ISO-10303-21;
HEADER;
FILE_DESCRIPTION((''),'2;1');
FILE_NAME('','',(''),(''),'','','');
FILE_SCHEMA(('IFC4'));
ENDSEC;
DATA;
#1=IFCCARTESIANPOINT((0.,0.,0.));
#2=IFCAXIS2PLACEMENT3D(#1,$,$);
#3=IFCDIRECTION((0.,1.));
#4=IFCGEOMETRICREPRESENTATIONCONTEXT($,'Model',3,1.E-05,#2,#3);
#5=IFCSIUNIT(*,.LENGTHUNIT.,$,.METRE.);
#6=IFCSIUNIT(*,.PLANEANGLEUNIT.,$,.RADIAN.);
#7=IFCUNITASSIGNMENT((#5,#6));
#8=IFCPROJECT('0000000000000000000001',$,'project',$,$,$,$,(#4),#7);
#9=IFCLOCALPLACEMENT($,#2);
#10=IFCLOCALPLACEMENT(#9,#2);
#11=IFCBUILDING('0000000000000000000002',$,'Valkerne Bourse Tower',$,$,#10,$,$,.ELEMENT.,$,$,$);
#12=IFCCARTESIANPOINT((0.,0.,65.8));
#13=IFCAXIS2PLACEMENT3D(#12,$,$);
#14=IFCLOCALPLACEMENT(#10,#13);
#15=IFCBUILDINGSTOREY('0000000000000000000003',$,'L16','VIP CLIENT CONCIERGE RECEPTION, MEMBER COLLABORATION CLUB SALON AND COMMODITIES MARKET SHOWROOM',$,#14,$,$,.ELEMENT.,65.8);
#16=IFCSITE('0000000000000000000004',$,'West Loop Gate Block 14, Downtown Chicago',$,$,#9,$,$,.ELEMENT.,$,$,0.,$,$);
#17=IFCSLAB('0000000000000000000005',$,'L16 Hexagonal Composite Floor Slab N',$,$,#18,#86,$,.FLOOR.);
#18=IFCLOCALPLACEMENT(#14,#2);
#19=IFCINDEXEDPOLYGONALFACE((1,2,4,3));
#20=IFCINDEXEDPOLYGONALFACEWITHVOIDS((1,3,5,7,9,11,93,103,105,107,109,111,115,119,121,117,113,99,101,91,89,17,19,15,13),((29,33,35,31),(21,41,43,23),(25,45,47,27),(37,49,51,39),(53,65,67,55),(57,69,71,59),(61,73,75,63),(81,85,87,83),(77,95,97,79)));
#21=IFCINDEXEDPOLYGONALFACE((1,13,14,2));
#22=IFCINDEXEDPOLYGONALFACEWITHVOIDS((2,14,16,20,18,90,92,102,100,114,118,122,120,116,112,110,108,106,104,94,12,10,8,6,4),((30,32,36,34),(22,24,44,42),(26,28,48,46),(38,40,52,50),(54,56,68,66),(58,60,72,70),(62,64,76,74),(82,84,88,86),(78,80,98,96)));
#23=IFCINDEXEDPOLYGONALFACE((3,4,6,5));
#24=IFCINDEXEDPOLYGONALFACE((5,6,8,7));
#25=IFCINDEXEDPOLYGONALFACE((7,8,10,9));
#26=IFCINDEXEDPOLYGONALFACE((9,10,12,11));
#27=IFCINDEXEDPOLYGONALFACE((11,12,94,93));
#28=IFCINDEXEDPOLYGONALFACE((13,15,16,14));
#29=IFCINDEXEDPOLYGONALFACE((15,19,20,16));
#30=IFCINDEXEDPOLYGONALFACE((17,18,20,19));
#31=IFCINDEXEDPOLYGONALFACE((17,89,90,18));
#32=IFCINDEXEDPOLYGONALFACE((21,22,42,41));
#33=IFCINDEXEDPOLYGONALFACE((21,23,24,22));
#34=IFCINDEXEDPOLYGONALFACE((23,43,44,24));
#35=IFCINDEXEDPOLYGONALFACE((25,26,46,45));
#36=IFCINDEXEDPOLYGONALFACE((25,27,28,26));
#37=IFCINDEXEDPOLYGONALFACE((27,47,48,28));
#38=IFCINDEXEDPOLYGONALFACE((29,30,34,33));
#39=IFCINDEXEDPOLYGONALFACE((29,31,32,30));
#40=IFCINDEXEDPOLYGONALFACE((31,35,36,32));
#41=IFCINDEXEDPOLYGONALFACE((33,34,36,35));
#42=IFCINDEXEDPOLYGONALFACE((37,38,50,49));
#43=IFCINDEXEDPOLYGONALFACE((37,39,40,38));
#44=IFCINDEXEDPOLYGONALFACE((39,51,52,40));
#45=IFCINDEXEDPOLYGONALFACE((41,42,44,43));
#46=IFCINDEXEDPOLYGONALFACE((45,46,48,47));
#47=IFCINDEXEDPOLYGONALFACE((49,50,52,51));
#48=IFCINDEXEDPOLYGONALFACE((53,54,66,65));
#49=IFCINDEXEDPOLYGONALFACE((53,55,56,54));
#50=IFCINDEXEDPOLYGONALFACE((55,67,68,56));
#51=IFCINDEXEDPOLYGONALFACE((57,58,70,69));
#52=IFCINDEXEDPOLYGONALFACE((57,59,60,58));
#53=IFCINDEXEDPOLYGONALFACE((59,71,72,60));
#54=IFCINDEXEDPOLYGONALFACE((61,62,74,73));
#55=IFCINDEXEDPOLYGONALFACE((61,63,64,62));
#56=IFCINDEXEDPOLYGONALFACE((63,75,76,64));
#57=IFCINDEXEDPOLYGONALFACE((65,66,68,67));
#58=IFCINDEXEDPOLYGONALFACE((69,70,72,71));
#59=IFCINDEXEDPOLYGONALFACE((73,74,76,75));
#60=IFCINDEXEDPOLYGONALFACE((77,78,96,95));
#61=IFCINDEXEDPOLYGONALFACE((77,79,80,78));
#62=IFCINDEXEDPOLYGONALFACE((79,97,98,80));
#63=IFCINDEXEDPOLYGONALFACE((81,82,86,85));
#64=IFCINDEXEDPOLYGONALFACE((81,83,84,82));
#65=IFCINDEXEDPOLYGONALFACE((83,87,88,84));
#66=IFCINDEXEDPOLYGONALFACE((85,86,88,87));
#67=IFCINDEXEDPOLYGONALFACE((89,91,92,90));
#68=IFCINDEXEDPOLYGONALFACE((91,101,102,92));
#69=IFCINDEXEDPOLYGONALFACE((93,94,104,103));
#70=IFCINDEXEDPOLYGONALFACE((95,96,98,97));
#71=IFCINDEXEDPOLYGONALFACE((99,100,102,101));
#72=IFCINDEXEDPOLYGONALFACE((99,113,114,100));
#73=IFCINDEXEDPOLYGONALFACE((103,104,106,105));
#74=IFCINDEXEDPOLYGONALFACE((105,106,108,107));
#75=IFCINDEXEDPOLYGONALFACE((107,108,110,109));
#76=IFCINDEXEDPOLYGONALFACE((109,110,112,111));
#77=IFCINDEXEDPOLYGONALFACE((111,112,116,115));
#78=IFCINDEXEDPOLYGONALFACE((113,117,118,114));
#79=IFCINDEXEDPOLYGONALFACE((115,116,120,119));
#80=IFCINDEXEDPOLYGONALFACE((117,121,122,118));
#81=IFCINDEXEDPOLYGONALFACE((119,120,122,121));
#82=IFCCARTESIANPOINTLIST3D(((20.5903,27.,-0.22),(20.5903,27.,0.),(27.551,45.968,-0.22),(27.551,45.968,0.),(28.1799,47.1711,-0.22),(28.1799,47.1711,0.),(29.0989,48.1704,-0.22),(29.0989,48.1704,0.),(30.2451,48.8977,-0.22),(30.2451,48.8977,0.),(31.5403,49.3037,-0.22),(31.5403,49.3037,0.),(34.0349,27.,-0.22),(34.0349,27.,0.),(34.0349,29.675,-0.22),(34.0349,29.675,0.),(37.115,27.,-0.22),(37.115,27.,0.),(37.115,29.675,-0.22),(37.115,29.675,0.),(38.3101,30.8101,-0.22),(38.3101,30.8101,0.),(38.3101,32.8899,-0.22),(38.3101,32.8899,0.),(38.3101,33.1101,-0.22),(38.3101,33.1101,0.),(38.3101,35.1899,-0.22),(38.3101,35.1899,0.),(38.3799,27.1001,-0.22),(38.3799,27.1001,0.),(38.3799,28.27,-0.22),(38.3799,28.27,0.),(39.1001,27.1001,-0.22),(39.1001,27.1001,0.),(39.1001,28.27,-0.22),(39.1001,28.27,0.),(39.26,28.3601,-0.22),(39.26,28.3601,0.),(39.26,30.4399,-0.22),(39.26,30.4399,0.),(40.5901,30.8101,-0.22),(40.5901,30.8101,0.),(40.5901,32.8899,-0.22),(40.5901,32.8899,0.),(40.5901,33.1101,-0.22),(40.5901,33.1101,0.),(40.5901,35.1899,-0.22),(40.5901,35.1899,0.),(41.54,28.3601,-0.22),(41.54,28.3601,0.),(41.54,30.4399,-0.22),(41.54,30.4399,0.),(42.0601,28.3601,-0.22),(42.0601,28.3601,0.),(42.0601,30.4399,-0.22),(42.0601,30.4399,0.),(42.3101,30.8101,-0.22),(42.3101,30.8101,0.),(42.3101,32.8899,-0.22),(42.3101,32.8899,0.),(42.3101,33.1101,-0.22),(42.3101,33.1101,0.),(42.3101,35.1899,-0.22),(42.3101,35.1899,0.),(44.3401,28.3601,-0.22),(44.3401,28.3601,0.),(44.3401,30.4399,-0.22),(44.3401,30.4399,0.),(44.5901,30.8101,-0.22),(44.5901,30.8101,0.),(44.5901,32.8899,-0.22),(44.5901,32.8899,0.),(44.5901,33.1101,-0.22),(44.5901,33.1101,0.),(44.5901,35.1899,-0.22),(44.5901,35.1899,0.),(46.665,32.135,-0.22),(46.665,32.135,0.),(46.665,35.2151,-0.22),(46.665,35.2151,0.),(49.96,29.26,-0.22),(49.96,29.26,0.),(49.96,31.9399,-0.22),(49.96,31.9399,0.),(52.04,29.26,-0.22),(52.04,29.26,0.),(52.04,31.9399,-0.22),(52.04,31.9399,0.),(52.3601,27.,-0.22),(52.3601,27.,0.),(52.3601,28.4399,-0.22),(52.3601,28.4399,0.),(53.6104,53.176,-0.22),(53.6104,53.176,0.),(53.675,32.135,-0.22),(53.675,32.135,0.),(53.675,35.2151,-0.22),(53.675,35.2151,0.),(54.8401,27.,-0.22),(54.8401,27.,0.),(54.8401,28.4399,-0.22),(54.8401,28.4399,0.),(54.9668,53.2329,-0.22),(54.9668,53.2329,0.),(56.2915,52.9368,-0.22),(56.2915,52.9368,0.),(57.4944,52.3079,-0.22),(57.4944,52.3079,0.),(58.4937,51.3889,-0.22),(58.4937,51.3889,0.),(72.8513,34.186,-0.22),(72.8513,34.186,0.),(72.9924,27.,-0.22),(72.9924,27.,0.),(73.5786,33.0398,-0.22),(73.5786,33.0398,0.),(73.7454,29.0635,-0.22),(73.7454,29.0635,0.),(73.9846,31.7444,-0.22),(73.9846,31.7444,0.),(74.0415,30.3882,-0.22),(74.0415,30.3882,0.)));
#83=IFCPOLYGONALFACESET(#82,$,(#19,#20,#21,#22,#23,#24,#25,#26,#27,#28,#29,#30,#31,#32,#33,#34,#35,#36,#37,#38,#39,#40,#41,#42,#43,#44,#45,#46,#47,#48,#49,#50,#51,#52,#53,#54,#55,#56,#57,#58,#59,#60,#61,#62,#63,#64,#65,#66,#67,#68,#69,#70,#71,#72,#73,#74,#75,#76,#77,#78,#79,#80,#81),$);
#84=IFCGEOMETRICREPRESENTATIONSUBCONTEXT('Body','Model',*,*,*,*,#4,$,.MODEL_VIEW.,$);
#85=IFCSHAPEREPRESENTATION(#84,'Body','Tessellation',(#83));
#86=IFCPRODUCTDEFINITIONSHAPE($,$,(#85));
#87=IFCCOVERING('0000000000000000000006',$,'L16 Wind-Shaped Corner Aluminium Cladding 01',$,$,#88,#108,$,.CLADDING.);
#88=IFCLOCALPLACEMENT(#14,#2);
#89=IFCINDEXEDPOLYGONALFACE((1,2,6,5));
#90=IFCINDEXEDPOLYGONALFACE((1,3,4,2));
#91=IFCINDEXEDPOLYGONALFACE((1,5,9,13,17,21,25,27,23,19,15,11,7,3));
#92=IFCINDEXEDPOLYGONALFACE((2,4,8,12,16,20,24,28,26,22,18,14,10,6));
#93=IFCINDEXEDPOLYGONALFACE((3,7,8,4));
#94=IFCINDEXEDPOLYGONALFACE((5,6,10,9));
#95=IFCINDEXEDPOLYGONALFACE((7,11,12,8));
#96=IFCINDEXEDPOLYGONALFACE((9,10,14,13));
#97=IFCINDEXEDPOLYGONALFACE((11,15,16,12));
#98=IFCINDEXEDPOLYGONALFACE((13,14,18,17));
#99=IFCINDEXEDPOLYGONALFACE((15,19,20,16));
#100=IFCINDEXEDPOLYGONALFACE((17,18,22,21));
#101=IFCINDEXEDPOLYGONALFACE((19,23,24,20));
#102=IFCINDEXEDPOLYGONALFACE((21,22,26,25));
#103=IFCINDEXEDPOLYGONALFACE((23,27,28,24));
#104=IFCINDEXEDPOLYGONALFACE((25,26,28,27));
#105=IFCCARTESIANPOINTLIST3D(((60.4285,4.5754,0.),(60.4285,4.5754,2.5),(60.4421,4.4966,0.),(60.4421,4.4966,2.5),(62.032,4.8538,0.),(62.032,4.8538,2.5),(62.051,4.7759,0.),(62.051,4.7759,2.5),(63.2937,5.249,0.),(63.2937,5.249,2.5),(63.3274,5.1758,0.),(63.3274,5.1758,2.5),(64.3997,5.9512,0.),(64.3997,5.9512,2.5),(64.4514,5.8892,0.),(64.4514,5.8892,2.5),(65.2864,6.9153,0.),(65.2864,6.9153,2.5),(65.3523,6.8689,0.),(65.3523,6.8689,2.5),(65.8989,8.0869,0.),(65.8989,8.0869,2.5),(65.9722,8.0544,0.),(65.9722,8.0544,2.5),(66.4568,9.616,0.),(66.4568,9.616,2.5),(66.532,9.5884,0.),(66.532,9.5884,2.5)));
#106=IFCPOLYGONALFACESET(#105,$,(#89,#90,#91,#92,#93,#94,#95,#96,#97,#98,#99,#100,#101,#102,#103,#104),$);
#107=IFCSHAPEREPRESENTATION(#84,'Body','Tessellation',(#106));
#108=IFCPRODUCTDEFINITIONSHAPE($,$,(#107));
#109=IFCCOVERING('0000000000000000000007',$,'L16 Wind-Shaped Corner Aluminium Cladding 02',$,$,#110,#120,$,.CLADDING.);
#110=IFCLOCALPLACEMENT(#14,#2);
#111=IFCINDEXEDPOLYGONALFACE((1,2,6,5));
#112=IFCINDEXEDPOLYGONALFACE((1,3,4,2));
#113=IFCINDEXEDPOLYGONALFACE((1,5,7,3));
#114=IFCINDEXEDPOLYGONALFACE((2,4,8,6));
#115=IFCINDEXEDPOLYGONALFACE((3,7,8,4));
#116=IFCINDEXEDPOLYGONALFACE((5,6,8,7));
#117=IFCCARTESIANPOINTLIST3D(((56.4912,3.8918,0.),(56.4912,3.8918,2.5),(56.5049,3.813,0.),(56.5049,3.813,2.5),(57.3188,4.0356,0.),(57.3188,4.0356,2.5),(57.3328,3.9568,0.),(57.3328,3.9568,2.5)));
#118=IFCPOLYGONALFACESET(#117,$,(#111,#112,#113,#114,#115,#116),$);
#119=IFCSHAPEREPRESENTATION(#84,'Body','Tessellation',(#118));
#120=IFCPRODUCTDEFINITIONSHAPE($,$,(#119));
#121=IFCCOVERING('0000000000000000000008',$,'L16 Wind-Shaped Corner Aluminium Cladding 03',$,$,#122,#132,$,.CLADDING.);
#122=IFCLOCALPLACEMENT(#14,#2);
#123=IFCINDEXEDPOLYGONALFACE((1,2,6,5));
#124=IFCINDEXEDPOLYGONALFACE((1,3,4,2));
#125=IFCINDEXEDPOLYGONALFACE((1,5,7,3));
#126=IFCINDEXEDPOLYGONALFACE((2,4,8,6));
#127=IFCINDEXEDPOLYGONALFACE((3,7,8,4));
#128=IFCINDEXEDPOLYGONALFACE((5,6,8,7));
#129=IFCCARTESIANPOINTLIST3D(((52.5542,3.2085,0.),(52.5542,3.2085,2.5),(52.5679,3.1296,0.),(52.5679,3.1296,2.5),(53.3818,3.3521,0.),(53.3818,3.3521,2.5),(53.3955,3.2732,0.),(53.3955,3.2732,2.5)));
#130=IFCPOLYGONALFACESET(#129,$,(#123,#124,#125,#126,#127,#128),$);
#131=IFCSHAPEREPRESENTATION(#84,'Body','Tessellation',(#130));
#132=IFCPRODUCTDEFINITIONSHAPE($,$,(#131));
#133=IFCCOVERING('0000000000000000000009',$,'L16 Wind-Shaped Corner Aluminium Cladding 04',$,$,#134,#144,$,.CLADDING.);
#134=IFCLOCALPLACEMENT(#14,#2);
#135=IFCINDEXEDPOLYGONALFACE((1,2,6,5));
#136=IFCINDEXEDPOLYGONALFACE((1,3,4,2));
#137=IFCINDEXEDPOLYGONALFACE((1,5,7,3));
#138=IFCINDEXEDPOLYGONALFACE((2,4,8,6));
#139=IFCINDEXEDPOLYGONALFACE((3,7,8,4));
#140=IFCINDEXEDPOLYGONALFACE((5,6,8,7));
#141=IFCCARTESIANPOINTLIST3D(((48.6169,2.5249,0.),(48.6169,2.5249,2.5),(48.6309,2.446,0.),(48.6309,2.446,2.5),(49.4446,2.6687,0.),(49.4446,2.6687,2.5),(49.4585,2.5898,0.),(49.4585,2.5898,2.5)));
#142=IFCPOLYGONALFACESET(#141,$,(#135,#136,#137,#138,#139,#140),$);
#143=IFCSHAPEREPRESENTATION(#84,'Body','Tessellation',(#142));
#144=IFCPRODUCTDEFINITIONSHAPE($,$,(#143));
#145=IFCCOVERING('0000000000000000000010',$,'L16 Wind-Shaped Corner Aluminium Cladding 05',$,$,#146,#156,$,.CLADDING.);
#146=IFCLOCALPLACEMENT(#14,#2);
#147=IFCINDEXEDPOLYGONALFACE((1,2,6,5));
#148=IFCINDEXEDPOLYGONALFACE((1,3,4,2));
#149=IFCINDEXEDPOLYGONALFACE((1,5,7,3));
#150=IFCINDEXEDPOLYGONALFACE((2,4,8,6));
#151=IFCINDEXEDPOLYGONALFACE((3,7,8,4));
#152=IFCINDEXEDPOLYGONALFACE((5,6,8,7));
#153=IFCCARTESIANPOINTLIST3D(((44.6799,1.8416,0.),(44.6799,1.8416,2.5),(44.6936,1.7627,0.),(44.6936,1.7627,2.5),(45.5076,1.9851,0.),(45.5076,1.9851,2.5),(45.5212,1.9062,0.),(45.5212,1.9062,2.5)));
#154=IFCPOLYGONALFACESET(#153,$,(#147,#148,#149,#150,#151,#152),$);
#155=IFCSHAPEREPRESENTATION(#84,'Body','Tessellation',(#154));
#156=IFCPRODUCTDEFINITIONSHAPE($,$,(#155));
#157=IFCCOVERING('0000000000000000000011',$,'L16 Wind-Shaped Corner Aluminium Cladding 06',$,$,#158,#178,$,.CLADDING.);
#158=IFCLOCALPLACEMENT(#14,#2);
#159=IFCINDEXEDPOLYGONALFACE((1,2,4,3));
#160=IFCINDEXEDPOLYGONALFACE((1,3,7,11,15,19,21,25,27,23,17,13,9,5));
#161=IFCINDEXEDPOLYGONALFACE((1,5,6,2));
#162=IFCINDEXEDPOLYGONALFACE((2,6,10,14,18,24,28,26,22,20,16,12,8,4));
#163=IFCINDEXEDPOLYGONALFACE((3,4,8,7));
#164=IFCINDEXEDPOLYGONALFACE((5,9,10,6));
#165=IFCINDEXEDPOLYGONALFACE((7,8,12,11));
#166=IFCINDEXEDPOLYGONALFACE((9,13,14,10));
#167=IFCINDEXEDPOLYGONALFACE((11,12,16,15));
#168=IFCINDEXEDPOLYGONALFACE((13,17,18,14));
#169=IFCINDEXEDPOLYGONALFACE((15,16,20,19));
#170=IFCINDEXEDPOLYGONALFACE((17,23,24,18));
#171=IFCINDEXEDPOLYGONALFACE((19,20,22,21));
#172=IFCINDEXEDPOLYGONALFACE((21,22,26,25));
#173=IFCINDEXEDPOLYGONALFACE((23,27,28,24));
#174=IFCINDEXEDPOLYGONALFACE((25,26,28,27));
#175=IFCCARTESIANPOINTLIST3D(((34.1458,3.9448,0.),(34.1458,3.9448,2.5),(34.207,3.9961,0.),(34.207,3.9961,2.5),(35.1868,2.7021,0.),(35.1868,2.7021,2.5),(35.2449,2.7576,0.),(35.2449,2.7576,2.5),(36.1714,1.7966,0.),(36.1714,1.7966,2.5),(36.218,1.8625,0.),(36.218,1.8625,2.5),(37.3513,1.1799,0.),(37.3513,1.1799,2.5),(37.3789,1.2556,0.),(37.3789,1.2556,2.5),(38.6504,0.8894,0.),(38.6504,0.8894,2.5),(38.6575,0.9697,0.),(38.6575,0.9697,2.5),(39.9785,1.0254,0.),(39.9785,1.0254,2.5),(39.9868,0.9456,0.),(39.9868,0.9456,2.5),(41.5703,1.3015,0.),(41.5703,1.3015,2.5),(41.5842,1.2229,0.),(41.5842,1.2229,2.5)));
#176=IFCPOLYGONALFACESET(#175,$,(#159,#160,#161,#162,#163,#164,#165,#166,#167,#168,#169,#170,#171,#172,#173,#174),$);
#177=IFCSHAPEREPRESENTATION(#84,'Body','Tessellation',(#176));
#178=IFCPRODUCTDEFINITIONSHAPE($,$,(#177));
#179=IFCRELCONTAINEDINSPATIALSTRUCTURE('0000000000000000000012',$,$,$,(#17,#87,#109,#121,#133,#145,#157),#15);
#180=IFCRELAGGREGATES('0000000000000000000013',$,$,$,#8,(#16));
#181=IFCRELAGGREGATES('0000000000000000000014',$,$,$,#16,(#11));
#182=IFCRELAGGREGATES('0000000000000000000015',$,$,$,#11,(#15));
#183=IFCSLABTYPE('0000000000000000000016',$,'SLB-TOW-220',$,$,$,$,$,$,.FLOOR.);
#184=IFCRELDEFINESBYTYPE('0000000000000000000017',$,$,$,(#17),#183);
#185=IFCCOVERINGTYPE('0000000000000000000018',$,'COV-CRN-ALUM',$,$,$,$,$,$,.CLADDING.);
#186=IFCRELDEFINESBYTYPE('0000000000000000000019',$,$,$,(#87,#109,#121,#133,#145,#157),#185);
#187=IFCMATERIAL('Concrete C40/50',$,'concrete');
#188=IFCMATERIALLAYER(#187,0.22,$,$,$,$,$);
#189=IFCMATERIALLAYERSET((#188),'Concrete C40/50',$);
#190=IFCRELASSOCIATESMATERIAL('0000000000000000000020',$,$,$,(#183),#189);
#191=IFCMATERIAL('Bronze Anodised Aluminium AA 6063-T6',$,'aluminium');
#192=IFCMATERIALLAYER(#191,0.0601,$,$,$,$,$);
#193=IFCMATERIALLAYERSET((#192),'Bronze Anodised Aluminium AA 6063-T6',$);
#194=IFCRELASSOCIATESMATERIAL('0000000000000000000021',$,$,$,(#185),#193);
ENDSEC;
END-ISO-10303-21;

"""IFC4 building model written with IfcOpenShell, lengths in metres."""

from ifc_helpers import new_model, si_unit, direction, frame, origin, place, context, subcontext, project, spatial, polyline, outline, extrude, material, layer, layer_set, type_object, element, save


model = new_model("IFC4")

# Units and contexts
model_context = context("Model", 3, precision=1e-05, world=origin(), true_north=direction((0.0, 1.0)))
body_context = subcontext(model_context, "Body", "Model", "MODEL_VIEW")
ifc_project = project(units=[si_unit("LENGTHUNIT", "METRE"), si_unit("PLANEANGLEUNIT", "RADIAN")], contexts=[model_context])

# Site, building, storey
site_placement = place(None, origin())
site = spatial("IfcSite", under=ifc_project, at=site_placement, Name="West Loop Gate Block 14, Downtown Chicago", CompositionType="ELEMENT", RefElevation=0.0)
building_placement = place(site_placement, origin())
building = spatial("IfcBuilding", under=site, at=building_placement, Name="Valkerne Bourse Tower", CompositionType="ELEMENT")
storey_placement = place(building_placement, frame((0.0, 0.0, 65.8)))
storey = spatial("IfcBuildingStorey", under=building, at=storey_placement, Name="L16", Description="VIP CLIENT CONCIERGE RECEPTION, MEMBER COLLABORATION CLUB SALON AND COMMODITIES MARKET SHOWROOM", CompositionType="ELEMENT", Elevation=65.8)

# Slab
ifc_material_1 = material(Name="Concrete C40/50", Category="concrete")
ifc_layer_1 = layer(ifc_material_1, 0.22)
ifc_layer_set_1 = layer_set([ifc_layer_1], Name="Concrete C40/50")
slab_type_1 = type_object("IfcSlabType", Name="SLB-TOW-220", PredefinedType="FLOOR", material=ifc_layer_set_1)
slab_1_placement = place(storey_placement, frame((0.0, 0.0, -0.22)))
element("IfcSlab", 1, at=slab_1_placement, inside=storey, type_object=slab_type_1, Name="L16 Hexagonal Composite Floor Slab N", PredefinedType="FLOOR", context=body_context, shape_type="SweptSolid", body=[
    extrude(outline(polyline([(27.551, 45.968), (28.1799, 47.1711), (29.0989, 48.1704), (30.2451, 48.8977), (31.5403, 49.3037), (53.6104, 53.176), (54.9668, 53.2329), (56.2915, 52.9368), (57.4944, 52.3079), (58.4937, 51.3889), (72.8513, 34.186), (73.5786, 33.0398), (73.9846, 31.7444), (74.0415, 30.3882), (73.7454, 29.0635), (72.9924, 27.0), (54.8401, 27.0), (54.8401, 28.4399), (52.3601, 28.4399), (52.3601, 27.0), (37.115, 27.0), (37.115, 29.675), (34.0349, 29.675), (34.0349, 27.0), (20.5903, 27.0), (27.551, 45.968)]), holes=[polyline([(39.1001, 28.27), (38.3799, 28.27), (38.3799, 27.1001), (39.1001, 27.1001), (39.1001, 28.27)]), polyline([(41.54, 30.4399), (39.26, 30.4399), (39.26, 28.3601), (41.54, 28.3601), (41.54, 30.4399)]), polyline([(44.3401, 30.4399), (42.0601, 30.4399), (42.0601, 28.3601), (44.3401, 28.3601), (44.3401, 30.4399)]), polyline([(40.5901, 30.8101), (40.5901, 32.8899), (38.3101, 32.8899), (38.3101, 30.8101), (40.5901, 30.8101)]), polyline([(40.5901, 33.1101), (40.5901, 35.1899), (38.3101, 35.1899), (38.3101, 33.1101), (40.5901, 33.1101)]), polyline([(52.04, 31.9399), (49.96, 31.9399), (49.96, 29.26), (52.04, 29.26), (52.04, 31.9399)]), polyline([(44.5901, 32.8899), (42.3101, 32.8899), (42.3101, 30.8101), (44.5901, 30.8101), (44.5901, 32.8899)]), polyline([(53.675, 32.135), (53.675, 35.2151), (46.665, 35.2151), (46.665, 32.135), (53.675, 32.135)]), polyline([(44.5901, 33.1101), (44.5901, 35.1899), (42.3101, 35.1899), (42.3101, 33.1101), (44.5901, 33.1101)])]), origin(), (0.0, 0.0, 1.0), 0.22),
])

# Coverings
ifc_material_2 = material(Name="Bronze Anodised Aluminium AA 6063-T6", Category="aluminium")
ifc_layer_2 = layer(ifc_material_2, 0.0601)
ifc_layer_set_2 = layer_set([ifc_layer_2], Name="Bronze Anodised Aluminium AA 6063-T6")
covering_type = type_object("IfcCoveringType", Name="COV-CRN-ALUM", PredefinedType="CLADDING", material=ifc_layer_set_2)
covering_1_placement = place(storey_placement, origin())
element("IfcCovering", 2, at=covering_1_placement, inside=storey, type_object=covering_type, Name="L16 Wind-Shaped Corner Aluminium Cladding 01", PredefinedType="CLADDING", context=body_context, shape_type="SweptSolid", body=[
    extrude(outline(polyline([(65.3523, 6.8689), (64.4514, 5.8892), (63.3274, 5.1758), (62.051, 4.7759), (60.4421, 4.4966), (60.4285, 4.5754), (62.032, 4.8538), (63.2937, 5.249), (64.3997, 5.9512), (65.2864, 6.9153), (65.8989, 8.0869), (66.4568, 9.616), (66.532, 9.5884), (65.9722, 8.0544), (65.3523, 6.8689)])), origin(), (0.0, 0.0, 1.0), 2.5),
])
covering_2_placement = place(storey_placement, origin())
element("IfcCovering", 3, at=covering_2_placement, inside=storey, type_object=covering_type, Name="L16 Wind-Shaped Corner Aluminium Cladding 02", PredefinedType="CLADDING", context=body_context, shape_type="SweptSolid", body=[
    extrude(outline(polyline([(56.5049, 3.813), (56.4912, 3.8918), (57.3188, 4.0356), (57.3328, 3.9568), (56.5049, 3.813)])), origin(), (0.0, 0.0, 1.0), 2.5),
])
covering_3_placement = place(storey_placement, origin())
element("IfcCovering", 4, at=covering_3_placement, inside=storey, type_object=covering_type, Name="L16 Wind-Shaped Corner Aluminium Cladding 03", PredefinedType="CLADDING", context=body_context, shape_type="SweptSolid", body=[
    extrude(outline(polyline([(52.5679, 3.1296), (52.5542, 3.2085), (53.3818, 3.3521), (53.3955, 3.2732), (52.5679, 3.1296)])), origin(), (0.0, 0.0, 1.0), 2.5),
])
covering_4_placement = place(storey_placement, origin())
element("IfcCovering", 5, at=covering_4_placement, inside=storey, type_object=covering_type, Name="L16 Wind-Shaped Corner Aluminium Cladding 04", PredefinedType="CLADDING", context=body_context, shape_type="SweptSolid", body=[
    extrude(outline(polyline([(48.6309, 2.446), (48.6169, 2.5249), (49.4446, 2.6687), (49.4585, 2.5898), (48.6309, 2.446)])), origin(), (0.0, 0.0, 1.0), 2.5),
])
covering_5_placement = place(storey_placement, origin())
element("IfcCovering", 6, at=covering_5_placement, inside=storey, type_object=covering_type, Name="L16 Wind-Shaped Corner Aluminium Cladding 05", PredefinedType="CLADDING", context=body_context, shape_type="SweptSolid", body=[
    extrude(outline(polyline([(44.6936, 1.7627), (44.6799, 1.8416), (45.5076, 1.9851), (45.5212, 1.9062), (44.6936, 1.7627)])), origin(), (0.0, 0.0, 1.0), 2.5),
])
covering_6_placement = place(storey_placement, origin())
element("IfcCovering", 7, at=covering_6_placement, inside=storey, type_object=covering_type, Name="L16 Wind-Shaped Corner Aluminium Cladding 06", PredefinedType="CLADDING", context=body_context, shape_type="SweptSolid", body=[
    extrude(outline(polyline([(39.9868, 0.9456), (38.6504, 0.8894), (37.3513, 1.1799), (36.1714, 1.7966), (35.1868, 2.7021), (34.1458, 3.9448), (34.207, 3.9961), (35.2449, 2.7576), (36.218, 1.8625), (37.3789, 1.2556), (38.6575, 0.9697), (39.9785, 1.0254), (41.5703, 1.3015), (41.5842, 1.2229), (39.9868, 0.9456)])), origin(), (0.0, 0.0, 1.0), 2.5),
])

save(model, "model.ifc")
